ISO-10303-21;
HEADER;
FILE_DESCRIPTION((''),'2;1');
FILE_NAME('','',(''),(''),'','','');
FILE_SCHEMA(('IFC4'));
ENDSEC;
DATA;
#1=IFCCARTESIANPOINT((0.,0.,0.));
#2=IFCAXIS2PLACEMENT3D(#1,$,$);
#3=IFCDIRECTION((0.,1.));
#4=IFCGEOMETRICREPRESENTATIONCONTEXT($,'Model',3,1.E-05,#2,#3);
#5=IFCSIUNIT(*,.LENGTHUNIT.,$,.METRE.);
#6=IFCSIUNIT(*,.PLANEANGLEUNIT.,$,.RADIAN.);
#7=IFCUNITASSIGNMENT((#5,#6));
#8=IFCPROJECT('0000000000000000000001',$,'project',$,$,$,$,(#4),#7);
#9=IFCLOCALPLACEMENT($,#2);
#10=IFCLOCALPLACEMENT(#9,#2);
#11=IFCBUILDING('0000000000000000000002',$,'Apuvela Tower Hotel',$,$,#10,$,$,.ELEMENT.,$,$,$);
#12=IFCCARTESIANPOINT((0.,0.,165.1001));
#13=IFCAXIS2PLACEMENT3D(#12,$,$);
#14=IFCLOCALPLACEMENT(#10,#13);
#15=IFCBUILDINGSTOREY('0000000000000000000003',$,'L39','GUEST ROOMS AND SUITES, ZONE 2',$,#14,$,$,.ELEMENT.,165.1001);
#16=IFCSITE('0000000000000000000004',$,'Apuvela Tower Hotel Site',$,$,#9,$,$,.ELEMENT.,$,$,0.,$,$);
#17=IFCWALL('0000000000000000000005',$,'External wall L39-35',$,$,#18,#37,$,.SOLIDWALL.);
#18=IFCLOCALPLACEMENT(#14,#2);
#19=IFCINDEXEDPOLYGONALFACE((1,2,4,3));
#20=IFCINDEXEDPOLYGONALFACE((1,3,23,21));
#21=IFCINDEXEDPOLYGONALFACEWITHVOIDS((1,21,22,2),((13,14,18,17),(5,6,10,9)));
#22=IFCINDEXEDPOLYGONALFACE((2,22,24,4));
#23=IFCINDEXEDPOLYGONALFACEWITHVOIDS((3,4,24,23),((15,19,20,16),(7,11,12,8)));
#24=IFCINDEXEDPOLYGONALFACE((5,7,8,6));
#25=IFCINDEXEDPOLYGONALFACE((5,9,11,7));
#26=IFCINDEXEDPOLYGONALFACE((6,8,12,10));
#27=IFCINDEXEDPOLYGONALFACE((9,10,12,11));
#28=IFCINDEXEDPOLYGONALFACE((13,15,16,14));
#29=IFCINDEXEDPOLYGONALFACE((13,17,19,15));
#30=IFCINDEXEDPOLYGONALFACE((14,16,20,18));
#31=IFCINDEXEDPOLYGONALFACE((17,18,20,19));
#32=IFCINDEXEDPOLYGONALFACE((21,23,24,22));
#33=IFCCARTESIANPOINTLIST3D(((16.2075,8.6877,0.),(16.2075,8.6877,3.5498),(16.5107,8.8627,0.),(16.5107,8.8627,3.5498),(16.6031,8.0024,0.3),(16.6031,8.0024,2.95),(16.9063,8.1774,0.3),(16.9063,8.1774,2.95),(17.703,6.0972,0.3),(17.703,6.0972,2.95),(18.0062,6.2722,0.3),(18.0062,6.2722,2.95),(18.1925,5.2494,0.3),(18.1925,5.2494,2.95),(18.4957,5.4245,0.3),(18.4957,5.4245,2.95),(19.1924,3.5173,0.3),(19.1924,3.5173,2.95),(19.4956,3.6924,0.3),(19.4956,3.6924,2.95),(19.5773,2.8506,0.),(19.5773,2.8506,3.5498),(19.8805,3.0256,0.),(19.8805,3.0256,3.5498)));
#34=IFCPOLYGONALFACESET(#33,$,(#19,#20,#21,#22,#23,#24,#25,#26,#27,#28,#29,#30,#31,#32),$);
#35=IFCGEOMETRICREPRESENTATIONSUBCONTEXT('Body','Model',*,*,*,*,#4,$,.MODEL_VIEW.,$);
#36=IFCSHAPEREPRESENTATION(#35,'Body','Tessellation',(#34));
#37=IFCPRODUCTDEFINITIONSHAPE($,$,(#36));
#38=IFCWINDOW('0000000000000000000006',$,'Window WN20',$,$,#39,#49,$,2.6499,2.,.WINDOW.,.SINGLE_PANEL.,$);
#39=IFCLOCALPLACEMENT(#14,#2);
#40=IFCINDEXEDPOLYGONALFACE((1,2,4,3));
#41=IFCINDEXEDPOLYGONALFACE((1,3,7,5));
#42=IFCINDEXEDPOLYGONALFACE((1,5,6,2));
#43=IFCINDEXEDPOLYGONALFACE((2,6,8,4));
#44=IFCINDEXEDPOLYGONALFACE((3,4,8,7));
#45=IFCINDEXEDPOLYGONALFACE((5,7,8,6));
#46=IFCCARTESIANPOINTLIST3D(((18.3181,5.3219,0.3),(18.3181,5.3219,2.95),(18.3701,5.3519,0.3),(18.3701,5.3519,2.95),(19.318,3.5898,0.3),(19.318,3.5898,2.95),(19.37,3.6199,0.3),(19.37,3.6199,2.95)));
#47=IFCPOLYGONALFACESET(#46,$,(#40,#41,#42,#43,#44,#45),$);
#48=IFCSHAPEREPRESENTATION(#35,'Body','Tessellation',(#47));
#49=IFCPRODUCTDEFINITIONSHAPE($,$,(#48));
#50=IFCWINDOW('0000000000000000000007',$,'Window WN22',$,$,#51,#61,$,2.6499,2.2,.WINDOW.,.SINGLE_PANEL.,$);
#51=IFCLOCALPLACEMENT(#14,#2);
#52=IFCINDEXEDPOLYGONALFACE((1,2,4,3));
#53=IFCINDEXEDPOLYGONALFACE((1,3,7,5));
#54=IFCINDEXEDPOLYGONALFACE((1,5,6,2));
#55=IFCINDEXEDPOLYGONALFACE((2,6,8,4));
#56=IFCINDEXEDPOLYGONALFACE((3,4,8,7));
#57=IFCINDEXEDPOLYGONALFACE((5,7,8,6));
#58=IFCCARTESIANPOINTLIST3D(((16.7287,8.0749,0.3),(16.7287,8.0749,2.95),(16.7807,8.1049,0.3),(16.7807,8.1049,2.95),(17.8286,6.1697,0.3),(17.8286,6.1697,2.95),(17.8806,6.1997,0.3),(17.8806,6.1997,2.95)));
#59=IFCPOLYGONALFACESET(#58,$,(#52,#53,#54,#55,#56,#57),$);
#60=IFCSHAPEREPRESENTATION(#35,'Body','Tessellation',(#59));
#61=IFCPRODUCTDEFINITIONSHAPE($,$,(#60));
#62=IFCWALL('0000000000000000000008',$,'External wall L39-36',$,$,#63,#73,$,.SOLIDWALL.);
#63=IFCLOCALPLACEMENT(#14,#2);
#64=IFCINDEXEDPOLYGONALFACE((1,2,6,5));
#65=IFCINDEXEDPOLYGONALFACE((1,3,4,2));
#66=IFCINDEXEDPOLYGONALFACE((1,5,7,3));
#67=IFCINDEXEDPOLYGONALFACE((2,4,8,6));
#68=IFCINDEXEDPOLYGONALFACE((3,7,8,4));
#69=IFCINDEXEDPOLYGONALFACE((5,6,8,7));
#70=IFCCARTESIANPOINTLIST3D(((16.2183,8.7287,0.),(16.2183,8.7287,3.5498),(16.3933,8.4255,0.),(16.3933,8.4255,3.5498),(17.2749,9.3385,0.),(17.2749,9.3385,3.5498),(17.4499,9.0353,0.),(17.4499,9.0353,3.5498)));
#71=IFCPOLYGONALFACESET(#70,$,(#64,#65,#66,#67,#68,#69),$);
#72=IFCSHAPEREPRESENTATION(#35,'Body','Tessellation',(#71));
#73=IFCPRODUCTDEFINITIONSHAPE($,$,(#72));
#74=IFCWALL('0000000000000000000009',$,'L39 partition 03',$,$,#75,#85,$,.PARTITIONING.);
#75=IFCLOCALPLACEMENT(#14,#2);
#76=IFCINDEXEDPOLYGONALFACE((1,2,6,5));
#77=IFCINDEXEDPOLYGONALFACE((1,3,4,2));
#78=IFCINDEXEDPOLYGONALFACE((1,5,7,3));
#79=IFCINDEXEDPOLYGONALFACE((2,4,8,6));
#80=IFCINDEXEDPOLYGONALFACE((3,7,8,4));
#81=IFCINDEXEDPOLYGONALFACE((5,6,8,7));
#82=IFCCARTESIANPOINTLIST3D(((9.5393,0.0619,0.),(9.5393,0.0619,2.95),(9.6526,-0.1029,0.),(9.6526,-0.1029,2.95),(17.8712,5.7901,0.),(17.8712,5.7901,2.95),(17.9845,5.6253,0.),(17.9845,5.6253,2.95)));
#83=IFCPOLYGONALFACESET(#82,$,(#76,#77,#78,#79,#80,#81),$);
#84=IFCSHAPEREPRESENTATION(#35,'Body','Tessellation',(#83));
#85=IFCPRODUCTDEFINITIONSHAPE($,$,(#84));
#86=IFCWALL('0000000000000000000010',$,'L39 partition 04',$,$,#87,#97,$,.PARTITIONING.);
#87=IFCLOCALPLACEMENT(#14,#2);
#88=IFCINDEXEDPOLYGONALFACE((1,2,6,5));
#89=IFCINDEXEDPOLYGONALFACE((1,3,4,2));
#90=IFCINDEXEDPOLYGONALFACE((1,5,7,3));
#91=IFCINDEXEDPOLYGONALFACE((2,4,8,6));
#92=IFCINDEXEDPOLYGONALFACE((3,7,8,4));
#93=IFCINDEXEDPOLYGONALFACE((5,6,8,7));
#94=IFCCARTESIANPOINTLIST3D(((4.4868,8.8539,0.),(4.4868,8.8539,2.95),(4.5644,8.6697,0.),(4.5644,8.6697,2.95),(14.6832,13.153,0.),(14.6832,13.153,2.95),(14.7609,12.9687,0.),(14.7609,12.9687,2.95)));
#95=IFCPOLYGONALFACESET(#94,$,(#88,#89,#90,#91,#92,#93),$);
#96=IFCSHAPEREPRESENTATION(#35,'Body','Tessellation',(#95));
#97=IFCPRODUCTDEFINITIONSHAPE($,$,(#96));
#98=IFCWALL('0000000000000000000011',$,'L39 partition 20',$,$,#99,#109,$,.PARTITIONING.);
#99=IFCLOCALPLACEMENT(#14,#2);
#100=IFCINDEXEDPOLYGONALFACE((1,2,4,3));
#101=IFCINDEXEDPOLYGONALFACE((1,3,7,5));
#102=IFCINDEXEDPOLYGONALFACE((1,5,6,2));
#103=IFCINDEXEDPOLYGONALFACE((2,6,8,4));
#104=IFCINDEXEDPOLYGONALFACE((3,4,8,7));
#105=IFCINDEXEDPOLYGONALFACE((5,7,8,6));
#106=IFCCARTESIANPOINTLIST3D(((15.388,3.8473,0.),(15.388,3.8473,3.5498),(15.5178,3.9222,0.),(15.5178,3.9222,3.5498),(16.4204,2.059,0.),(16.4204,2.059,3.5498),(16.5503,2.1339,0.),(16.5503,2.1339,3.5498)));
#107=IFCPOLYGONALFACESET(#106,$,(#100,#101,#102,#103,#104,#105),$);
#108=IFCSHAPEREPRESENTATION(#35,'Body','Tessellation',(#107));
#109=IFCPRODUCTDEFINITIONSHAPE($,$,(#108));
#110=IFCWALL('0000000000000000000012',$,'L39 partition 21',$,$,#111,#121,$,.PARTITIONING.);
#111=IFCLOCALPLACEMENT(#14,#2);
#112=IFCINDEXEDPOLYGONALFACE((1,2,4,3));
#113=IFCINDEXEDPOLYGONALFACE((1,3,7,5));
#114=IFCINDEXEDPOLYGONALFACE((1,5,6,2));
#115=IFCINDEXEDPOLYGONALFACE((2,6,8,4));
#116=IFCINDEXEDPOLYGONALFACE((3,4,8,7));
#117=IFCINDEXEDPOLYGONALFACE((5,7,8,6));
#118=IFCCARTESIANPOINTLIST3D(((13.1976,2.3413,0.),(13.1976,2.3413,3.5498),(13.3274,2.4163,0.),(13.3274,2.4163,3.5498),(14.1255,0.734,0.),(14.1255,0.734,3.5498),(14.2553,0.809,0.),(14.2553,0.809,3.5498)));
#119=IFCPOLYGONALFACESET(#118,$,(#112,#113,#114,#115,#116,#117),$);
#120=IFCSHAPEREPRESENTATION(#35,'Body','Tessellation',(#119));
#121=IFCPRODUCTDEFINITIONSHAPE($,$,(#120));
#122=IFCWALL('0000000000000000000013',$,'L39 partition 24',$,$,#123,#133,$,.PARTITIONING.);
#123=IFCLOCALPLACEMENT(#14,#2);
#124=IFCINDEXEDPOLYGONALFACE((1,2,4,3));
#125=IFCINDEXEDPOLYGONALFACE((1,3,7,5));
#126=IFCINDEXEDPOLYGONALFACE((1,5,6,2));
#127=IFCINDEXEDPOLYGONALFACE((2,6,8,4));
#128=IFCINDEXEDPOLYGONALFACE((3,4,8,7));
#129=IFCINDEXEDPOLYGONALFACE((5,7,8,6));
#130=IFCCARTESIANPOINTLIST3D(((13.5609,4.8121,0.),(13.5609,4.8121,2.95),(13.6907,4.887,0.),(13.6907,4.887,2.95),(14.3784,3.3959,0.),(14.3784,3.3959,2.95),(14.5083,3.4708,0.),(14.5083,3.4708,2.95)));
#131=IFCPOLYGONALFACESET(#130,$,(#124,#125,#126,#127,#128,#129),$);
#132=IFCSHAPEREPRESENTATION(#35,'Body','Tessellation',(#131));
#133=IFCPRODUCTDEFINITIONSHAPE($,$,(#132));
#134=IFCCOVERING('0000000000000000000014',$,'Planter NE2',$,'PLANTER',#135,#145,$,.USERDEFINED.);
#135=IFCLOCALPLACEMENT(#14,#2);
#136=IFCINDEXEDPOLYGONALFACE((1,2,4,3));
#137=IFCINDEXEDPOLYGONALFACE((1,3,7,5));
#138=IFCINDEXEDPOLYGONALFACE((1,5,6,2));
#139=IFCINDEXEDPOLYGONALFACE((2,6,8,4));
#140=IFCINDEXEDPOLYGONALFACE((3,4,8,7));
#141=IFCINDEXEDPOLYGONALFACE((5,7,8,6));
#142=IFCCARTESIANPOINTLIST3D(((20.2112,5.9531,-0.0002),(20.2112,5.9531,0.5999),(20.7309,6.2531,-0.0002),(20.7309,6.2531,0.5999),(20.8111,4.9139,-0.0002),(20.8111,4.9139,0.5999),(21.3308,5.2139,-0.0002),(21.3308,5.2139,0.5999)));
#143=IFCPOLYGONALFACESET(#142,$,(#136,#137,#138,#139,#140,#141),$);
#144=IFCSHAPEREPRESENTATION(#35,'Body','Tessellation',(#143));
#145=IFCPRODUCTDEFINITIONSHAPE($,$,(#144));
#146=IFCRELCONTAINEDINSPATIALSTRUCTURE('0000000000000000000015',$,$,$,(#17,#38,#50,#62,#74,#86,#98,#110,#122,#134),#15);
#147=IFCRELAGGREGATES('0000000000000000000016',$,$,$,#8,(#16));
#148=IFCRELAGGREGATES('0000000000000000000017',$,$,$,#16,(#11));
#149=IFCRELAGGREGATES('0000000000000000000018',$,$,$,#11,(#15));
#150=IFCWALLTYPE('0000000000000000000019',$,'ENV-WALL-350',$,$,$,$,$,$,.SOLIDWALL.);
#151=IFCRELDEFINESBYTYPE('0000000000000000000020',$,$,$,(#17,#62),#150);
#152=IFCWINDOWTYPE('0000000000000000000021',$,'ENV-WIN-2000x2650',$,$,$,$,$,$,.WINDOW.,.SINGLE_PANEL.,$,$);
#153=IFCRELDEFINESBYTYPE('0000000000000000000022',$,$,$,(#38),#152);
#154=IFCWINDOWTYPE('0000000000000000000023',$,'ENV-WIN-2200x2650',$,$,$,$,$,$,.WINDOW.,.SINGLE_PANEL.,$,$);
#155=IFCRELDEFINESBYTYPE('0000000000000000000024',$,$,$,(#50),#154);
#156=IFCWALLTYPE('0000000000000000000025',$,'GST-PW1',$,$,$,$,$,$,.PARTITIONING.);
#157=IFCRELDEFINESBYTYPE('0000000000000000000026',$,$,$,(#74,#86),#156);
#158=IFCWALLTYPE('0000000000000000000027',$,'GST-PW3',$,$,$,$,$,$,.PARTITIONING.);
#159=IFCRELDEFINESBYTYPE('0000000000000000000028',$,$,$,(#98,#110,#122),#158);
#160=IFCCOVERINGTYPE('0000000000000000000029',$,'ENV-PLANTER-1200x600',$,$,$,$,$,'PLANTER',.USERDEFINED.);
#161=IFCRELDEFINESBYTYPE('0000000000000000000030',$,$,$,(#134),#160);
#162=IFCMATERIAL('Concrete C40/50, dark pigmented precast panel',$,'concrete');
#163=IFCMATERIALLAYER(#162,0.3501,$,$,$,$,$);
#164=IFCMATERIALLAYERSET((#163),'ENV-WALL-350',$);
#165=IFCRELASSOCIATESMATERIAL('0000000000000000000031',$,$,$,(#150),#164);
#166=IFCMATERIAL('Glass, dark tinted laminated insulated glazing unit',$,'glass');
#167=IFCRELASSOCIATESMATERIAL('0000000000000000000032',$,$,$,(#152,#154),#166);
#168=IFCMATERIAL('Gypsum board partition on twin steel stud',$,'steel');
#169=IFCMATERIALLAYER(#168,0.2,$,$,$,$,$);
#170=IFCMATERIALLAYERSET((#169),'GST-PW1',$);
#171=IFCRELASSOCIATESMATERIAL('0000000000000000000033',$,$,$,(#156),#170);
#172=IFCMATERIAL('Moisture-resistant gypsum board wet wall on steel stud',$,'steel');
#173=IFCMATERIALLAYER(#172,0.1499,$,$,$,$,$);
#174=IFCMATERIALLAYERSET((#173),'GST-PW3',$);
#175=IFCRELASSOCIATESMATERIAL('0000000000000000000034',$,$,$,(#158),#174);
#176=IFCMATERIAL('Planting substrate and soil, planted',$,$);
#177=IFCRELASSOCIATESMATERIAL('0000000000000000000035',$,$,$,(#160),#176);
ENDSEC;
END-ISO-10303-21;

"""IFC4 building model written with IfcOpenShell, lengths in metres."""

from ifc_helpers import new_model, si_unit, direction, frame, frame_2d, origin, origin_2d, place, context, subcontext, project, spatial, rectangle, extrude, material, layer, layer_set, type_object, element, fill, save


model = new_model("IFC4")

# Units and contexts
model_context = context("Model", 3, precision=1e-05, world=origin(), true_north=direction((0.0, 1.0)))
body_context = subcontext(model_context, "Body", "Model", "MODEL_VIEW")
ifc_project = project(units=[si_unit("LENGTHUNIT", "METRE"), si_unit("PLANEANGLEUNIT", "RADIAN")], contexts=[model_context])

# Site, building, storey
site_placement = place(None, origin())
site = spatial("IfcSite", under=ifc_project, at=site_placement, Name="Apuvela Tower Hotel Site", CompositionType="ELEMENT", RefElevation=0.0)
building_placement = place(site_placement, origin())
building = spatial("IfcBuilding", under=site, at=building_placement, Name="Apuvela Tower Hotel", CompositionType="ELEMENT")
storey_placement = place(building_placement, frame((0.0, 0.0, 165.1001)))
storey = spatial("IfcBuildingStorey", under=building, at=storey_placement, Name="L39", Description="GUEST ROOMS AND SUITES, ZONE 2", CompositionType="ELEMENT", Elevation=165.1001)

# Shared definitions
ifc_material_1 = material(Name="Concrete C40/50, dark pigmented precast panel", Category="concrete")
ifc_layer_1 = layer(ifc_material_1, 0.3501)
ifc_layer_set_1 = layer_set([ifc_layer_1], Name="ENV-WALL-350")
wall_type_1 = type_object("IfcWallType", Name="ENV-WALL-350", PredefinedType="SOLIDWALL", material=ifc_layer_set_1)

# Wall, openings, windows
wall_1_placement = place(storey_placement, frame((19.729, 2.938, 0.0), z_axis=(0.0, 0.0, 1.0), x_axis=(-0.499976, 0.866039, 0.0)))
wall_1 = element("IfcWall", 1, at=wall_1_placement, inside=storey, type_object=wall_type_1, Name="External wall L39-35", PredefinedType="SOLIDWALL", context=body_context, shape_type="SweptSolid", body=[
    extrude(rectangle(XDim=6.74, YDim=0.3501, at=frame_2d((3.3701, 0.0))), origin(), (0.0, 0.0, 1.0), 3.5498),
])
opening_1_placement = place(wall_1_placement, frame((0.77, 0.0, 0.3)))
opening_1 = element("IfcOpeningElement", 2, at=opening_1_placement, cuts=wall_1, PredefinedType="OPENING", context=body_context, shape_type="SweptSolid", body=[
    extrude(rectangle(XDim=2.0, YDim=2.6499, at=frame_2d((1.0, 1.325))), frame((0.0, 0.1851, 0.0), z_axis=(0.0, -1.0, 0.0), x_axis=(1.0, 0.0, 0.0)), (0.0, 0.0, 1.0), 0.3701),
])
opening_2_placement = place(wall_1_placement, frame((3.7488, 0.0, 0.3)))
opening_2 = element("IfcOpeningElement", 3, at=opening_2_placement, cuts=wall_1, PredefinedType="OPENING", context=body_context, shape_type="SweptSolid", body=[
    extrude(rectangle(XDim=2.2, YDim=2.6499, at=frame_2d((1.1001, 1.325))), frame((0.0, 0.1851, 0.0), z_axis=(0.0, -1.0, 0.0), x_axis=(1.0, 0.0, 0.0)), (0.0, 0.0, 1.0), 0.3701),
])
ifc_material_2 = material(Name="Glass, dark tinted laminated insulated glazing unit", Category="glass")
window_type_1 = type_object("IfcWindowType", Name="ENV-WIN-2000x2650", PartitioningType="SINGLE_PANEL", PredefinedType="WINDOW", material=ifc_material_2)
window_1_placement = place(opening_1_placement, origin())
window_1 = element("IfcWindow", 4, at=window_1_placement, inside=storey, type_object=window_type_1, Name="Window WN20", OverallHeight=2.6499, OverallWidth=2.0, PartitioningType="SINGLE_PANEL", PredefinedType="WINDOW", context=body_context, shape_type="SweptSolid", body=[
    extrude(rectangle(XDim=2.0, YDim=2.6499, at=frame_2d((1.0, 1.325))), frame((0.0, 0.03, 0.0), z_axis=(0.0, -1.0, 0.0), x_axis=(1.0, 0.0, 0.0)), (0.0, 0.0, 1.0), 0.0601),
])
fill(opening_1, window_1)
window_type_2 = type_object("IfcWindowType", Name="ENV-WIN-2200x2650", PartitioningType="SINGLE_PANEL", PredefinedType="WINDOW", material=ifc_material_2)
window_2_placement = place(opening_2_placement, origin())
window_2 = element("IfcWindow", 5, at=window_2_placement, inside=storey, type_object=window_type_2, Name="Window WN22", OverallHeight=2.6499, OverallWidth=2.2, PartitioningType="SINGLE_PANEL", PredefinedType="WINDOW", context=body_context, shape_type="SweptSolid", body=[
    extrude(rectangle(XDim=2.2, YDim=2.6499, at=frame_2d((1.1001, 1.325))), frame((0.0, 0.03, 0.0), z_axis=(0.0, -1.0, 0.0), x_axis=(1.0, 0.0, 0.0)), (0.0, 0.0, 1.0), 0.0601),
])
fill(opening_2, window_2)

# Wall
wall_2_placement = place(storey_placement, frame((16.3059, 8.5771, 0.0), z_axis=(0.0, 0.0, 1.0), x_axis=(0.866092, 0.499884, 0.0)))
element("IfcWall", 6, at=wall_2_placement, inside=storey, type_object=wall_type_1, Name="External wall L39-36", PredefinedType="SOLIDWALL", context=body_context, shape_type="SweptSolid", body=[
    extrude(rectangle(XDim=1.22, YDim=0.3501, at=frame_2d((0.6099, 0.0))), origin(), (0.0, 0.0, 1.0), 3.5498),
])

# Walls
ifc_material_3 = material(Name="Gypsum board partition on twin steel stud", Category="steel")
ifc_layer_2 = layer(ifc_material_3, 0.2)
ifc_layer_set_2 = layer_set([ifc_layer_2], Name="GST-PW1")
wall_type_2 = type_object("IfcWallType", Name="GST-PW1", PredefinedType="PARTITIONING", material=ifc_layer_set_2)
wall_3_placement = place(storey_placement, frame((17.928, 5.7078, 0.0), z_axis=(0.0, 0.0, 1.0), x_axis=(-0.824042, -0.566529, 0.0)))
element("IfcWall", 7, at=wall_3_placement, inside=storey, type_object=wall_type_2, Name="L39 partition 03", PredefinedType="PARTITIONING", context=body_context, shape_type="SweptSolid", body=[
    extrude(rectangle(XDim=10.1111, YDim=0.2, at=frame_2d((5.0557, 0.0))), origin(), (0.0, 0.0, 1.0), 2.95),
])
wall_4_placement = place(storey_placement, frame((14.7219, 13.0608, 0.0), z_axis=(0.0, 0.0, 1.0), x_axis=(-0.921448, -0.388502, 0.0)))
element("IfcWall", 8, at=wall_4_placement, inside=storey, type_object=wall_type_2, Name="L39 partition 04", PredefinedType="PARTITIONING", context=body_context, shape_type="SweptSolid", body=[
    extrude(rectangle(XDim=11.0657, YDim=0.2, at=frame_2d((5.5327, 0.0))), origin(), (0.0, 0.0, 1.0), 2.95),
])
ifc_material_4 = material(Name="Moisture-resistant gypsum board wet wall on steel stud", Category="steel")
ifc_layer_3 = layer(ifc_material_4, 0.1499)
ifc_layer_set_3 = layer_set([ifc_layer_3], Name="GST-PW3")
wall_type_3 = type_object("IfcWallType", Name="GST-PW3", PredefinedType="PARTITIONING", material=ifc_layer_set_3)
wall_5_placement = place(storey_placement, frame((16.4854, 2.0964, 0.0), z_axis=(0.0, 0.0, 1.0), x_axis=(-0.499992, 0.86603, 0.0)))
element("IfcWall", 9, at=wall_5_placement, inside=storey, type_object=wall_type_3, Name="L39 partition 20", PredefinedType="PARTITIONING", context=body_context, shape_type="SweptSolid", body=[
    extrude(rectangle(XDim=2.0649, YDim=0.1499, at=frame_2d((1.0325, 0.0))), origin(), (0.0, 0.0, 1.0), 3.5498),
])
wall_6_placement = place(storey_placement, frame((14.1904, 0.7715, 0.0), z_axis=(0.0, 0.0, 1.0), x_axis=(-0.499973, 0.866041, 0.0)))
element("IfcWall", 10, at=wall_6_placement, inside=storey, type_object=wall_type_3, Name="L39 partition 21", PredefinedType="PARTITIONING", context=body_context, shape_type="SweptSolid", body=[
    extrude(rectangle(XDim=1.856, YDim=0.1499, at=frame_2d((0.928, 0.0))), origin(), (0.0, 0.0, 1.0), 3.5498),
])
wall_7_placement = place(storey_placement, frame((14.4434, 3.4333, 0.0), z_axis=(0.0, 0.0, 1.0), x_axis=(-0.499977, 0.866039, 0.0)))
element("IfcWall", 11, at=wall_7_placement, inside=storey, type_object=wall_type_3, Name="L39 partition 24", PredefinedType="PARTITIONING", context=body_context, shape_type="SweptSolid", body=[
    extrude(rectangle(XDim=1.6353, YDim=0.1499, at=frame_2d((0.8176, 0.0))), origin(), (0.0, 0.0, 1.0), 2.95),
])

# Covering
ifc_material_5 = material(Name="Planting substrate and soil, planted")
covering_type = type_object("IfcCoveringType", Name="ENV-PLANTER-1200x600", ElementType="PLANTER", PredefinedType="USERDEFINED", material=ifc_material_5)
covering_placement = place(storey_placement, frame((20.771, 5.5835, -0.0002), z_axis=(0.0, 0.0, 1.0), x_axis=(-0.5, 0.866025, 0.0)))
element("IfcCovering", 12, at=covering_placement, inside=storey, type_object=covering_type, Name="Planter NE2", ObjectType="PLANTER", PredefinedType="USERDEFINED", context=body_context, shape_type="SweptSolid", body=[
    extrude(rectangle(XDim=1.2, YDim=0.6001, at=origin_2d()), origin(), (0.0, 0.0, 1.0), 0.6001),
])

save(model, "model.ifc")
